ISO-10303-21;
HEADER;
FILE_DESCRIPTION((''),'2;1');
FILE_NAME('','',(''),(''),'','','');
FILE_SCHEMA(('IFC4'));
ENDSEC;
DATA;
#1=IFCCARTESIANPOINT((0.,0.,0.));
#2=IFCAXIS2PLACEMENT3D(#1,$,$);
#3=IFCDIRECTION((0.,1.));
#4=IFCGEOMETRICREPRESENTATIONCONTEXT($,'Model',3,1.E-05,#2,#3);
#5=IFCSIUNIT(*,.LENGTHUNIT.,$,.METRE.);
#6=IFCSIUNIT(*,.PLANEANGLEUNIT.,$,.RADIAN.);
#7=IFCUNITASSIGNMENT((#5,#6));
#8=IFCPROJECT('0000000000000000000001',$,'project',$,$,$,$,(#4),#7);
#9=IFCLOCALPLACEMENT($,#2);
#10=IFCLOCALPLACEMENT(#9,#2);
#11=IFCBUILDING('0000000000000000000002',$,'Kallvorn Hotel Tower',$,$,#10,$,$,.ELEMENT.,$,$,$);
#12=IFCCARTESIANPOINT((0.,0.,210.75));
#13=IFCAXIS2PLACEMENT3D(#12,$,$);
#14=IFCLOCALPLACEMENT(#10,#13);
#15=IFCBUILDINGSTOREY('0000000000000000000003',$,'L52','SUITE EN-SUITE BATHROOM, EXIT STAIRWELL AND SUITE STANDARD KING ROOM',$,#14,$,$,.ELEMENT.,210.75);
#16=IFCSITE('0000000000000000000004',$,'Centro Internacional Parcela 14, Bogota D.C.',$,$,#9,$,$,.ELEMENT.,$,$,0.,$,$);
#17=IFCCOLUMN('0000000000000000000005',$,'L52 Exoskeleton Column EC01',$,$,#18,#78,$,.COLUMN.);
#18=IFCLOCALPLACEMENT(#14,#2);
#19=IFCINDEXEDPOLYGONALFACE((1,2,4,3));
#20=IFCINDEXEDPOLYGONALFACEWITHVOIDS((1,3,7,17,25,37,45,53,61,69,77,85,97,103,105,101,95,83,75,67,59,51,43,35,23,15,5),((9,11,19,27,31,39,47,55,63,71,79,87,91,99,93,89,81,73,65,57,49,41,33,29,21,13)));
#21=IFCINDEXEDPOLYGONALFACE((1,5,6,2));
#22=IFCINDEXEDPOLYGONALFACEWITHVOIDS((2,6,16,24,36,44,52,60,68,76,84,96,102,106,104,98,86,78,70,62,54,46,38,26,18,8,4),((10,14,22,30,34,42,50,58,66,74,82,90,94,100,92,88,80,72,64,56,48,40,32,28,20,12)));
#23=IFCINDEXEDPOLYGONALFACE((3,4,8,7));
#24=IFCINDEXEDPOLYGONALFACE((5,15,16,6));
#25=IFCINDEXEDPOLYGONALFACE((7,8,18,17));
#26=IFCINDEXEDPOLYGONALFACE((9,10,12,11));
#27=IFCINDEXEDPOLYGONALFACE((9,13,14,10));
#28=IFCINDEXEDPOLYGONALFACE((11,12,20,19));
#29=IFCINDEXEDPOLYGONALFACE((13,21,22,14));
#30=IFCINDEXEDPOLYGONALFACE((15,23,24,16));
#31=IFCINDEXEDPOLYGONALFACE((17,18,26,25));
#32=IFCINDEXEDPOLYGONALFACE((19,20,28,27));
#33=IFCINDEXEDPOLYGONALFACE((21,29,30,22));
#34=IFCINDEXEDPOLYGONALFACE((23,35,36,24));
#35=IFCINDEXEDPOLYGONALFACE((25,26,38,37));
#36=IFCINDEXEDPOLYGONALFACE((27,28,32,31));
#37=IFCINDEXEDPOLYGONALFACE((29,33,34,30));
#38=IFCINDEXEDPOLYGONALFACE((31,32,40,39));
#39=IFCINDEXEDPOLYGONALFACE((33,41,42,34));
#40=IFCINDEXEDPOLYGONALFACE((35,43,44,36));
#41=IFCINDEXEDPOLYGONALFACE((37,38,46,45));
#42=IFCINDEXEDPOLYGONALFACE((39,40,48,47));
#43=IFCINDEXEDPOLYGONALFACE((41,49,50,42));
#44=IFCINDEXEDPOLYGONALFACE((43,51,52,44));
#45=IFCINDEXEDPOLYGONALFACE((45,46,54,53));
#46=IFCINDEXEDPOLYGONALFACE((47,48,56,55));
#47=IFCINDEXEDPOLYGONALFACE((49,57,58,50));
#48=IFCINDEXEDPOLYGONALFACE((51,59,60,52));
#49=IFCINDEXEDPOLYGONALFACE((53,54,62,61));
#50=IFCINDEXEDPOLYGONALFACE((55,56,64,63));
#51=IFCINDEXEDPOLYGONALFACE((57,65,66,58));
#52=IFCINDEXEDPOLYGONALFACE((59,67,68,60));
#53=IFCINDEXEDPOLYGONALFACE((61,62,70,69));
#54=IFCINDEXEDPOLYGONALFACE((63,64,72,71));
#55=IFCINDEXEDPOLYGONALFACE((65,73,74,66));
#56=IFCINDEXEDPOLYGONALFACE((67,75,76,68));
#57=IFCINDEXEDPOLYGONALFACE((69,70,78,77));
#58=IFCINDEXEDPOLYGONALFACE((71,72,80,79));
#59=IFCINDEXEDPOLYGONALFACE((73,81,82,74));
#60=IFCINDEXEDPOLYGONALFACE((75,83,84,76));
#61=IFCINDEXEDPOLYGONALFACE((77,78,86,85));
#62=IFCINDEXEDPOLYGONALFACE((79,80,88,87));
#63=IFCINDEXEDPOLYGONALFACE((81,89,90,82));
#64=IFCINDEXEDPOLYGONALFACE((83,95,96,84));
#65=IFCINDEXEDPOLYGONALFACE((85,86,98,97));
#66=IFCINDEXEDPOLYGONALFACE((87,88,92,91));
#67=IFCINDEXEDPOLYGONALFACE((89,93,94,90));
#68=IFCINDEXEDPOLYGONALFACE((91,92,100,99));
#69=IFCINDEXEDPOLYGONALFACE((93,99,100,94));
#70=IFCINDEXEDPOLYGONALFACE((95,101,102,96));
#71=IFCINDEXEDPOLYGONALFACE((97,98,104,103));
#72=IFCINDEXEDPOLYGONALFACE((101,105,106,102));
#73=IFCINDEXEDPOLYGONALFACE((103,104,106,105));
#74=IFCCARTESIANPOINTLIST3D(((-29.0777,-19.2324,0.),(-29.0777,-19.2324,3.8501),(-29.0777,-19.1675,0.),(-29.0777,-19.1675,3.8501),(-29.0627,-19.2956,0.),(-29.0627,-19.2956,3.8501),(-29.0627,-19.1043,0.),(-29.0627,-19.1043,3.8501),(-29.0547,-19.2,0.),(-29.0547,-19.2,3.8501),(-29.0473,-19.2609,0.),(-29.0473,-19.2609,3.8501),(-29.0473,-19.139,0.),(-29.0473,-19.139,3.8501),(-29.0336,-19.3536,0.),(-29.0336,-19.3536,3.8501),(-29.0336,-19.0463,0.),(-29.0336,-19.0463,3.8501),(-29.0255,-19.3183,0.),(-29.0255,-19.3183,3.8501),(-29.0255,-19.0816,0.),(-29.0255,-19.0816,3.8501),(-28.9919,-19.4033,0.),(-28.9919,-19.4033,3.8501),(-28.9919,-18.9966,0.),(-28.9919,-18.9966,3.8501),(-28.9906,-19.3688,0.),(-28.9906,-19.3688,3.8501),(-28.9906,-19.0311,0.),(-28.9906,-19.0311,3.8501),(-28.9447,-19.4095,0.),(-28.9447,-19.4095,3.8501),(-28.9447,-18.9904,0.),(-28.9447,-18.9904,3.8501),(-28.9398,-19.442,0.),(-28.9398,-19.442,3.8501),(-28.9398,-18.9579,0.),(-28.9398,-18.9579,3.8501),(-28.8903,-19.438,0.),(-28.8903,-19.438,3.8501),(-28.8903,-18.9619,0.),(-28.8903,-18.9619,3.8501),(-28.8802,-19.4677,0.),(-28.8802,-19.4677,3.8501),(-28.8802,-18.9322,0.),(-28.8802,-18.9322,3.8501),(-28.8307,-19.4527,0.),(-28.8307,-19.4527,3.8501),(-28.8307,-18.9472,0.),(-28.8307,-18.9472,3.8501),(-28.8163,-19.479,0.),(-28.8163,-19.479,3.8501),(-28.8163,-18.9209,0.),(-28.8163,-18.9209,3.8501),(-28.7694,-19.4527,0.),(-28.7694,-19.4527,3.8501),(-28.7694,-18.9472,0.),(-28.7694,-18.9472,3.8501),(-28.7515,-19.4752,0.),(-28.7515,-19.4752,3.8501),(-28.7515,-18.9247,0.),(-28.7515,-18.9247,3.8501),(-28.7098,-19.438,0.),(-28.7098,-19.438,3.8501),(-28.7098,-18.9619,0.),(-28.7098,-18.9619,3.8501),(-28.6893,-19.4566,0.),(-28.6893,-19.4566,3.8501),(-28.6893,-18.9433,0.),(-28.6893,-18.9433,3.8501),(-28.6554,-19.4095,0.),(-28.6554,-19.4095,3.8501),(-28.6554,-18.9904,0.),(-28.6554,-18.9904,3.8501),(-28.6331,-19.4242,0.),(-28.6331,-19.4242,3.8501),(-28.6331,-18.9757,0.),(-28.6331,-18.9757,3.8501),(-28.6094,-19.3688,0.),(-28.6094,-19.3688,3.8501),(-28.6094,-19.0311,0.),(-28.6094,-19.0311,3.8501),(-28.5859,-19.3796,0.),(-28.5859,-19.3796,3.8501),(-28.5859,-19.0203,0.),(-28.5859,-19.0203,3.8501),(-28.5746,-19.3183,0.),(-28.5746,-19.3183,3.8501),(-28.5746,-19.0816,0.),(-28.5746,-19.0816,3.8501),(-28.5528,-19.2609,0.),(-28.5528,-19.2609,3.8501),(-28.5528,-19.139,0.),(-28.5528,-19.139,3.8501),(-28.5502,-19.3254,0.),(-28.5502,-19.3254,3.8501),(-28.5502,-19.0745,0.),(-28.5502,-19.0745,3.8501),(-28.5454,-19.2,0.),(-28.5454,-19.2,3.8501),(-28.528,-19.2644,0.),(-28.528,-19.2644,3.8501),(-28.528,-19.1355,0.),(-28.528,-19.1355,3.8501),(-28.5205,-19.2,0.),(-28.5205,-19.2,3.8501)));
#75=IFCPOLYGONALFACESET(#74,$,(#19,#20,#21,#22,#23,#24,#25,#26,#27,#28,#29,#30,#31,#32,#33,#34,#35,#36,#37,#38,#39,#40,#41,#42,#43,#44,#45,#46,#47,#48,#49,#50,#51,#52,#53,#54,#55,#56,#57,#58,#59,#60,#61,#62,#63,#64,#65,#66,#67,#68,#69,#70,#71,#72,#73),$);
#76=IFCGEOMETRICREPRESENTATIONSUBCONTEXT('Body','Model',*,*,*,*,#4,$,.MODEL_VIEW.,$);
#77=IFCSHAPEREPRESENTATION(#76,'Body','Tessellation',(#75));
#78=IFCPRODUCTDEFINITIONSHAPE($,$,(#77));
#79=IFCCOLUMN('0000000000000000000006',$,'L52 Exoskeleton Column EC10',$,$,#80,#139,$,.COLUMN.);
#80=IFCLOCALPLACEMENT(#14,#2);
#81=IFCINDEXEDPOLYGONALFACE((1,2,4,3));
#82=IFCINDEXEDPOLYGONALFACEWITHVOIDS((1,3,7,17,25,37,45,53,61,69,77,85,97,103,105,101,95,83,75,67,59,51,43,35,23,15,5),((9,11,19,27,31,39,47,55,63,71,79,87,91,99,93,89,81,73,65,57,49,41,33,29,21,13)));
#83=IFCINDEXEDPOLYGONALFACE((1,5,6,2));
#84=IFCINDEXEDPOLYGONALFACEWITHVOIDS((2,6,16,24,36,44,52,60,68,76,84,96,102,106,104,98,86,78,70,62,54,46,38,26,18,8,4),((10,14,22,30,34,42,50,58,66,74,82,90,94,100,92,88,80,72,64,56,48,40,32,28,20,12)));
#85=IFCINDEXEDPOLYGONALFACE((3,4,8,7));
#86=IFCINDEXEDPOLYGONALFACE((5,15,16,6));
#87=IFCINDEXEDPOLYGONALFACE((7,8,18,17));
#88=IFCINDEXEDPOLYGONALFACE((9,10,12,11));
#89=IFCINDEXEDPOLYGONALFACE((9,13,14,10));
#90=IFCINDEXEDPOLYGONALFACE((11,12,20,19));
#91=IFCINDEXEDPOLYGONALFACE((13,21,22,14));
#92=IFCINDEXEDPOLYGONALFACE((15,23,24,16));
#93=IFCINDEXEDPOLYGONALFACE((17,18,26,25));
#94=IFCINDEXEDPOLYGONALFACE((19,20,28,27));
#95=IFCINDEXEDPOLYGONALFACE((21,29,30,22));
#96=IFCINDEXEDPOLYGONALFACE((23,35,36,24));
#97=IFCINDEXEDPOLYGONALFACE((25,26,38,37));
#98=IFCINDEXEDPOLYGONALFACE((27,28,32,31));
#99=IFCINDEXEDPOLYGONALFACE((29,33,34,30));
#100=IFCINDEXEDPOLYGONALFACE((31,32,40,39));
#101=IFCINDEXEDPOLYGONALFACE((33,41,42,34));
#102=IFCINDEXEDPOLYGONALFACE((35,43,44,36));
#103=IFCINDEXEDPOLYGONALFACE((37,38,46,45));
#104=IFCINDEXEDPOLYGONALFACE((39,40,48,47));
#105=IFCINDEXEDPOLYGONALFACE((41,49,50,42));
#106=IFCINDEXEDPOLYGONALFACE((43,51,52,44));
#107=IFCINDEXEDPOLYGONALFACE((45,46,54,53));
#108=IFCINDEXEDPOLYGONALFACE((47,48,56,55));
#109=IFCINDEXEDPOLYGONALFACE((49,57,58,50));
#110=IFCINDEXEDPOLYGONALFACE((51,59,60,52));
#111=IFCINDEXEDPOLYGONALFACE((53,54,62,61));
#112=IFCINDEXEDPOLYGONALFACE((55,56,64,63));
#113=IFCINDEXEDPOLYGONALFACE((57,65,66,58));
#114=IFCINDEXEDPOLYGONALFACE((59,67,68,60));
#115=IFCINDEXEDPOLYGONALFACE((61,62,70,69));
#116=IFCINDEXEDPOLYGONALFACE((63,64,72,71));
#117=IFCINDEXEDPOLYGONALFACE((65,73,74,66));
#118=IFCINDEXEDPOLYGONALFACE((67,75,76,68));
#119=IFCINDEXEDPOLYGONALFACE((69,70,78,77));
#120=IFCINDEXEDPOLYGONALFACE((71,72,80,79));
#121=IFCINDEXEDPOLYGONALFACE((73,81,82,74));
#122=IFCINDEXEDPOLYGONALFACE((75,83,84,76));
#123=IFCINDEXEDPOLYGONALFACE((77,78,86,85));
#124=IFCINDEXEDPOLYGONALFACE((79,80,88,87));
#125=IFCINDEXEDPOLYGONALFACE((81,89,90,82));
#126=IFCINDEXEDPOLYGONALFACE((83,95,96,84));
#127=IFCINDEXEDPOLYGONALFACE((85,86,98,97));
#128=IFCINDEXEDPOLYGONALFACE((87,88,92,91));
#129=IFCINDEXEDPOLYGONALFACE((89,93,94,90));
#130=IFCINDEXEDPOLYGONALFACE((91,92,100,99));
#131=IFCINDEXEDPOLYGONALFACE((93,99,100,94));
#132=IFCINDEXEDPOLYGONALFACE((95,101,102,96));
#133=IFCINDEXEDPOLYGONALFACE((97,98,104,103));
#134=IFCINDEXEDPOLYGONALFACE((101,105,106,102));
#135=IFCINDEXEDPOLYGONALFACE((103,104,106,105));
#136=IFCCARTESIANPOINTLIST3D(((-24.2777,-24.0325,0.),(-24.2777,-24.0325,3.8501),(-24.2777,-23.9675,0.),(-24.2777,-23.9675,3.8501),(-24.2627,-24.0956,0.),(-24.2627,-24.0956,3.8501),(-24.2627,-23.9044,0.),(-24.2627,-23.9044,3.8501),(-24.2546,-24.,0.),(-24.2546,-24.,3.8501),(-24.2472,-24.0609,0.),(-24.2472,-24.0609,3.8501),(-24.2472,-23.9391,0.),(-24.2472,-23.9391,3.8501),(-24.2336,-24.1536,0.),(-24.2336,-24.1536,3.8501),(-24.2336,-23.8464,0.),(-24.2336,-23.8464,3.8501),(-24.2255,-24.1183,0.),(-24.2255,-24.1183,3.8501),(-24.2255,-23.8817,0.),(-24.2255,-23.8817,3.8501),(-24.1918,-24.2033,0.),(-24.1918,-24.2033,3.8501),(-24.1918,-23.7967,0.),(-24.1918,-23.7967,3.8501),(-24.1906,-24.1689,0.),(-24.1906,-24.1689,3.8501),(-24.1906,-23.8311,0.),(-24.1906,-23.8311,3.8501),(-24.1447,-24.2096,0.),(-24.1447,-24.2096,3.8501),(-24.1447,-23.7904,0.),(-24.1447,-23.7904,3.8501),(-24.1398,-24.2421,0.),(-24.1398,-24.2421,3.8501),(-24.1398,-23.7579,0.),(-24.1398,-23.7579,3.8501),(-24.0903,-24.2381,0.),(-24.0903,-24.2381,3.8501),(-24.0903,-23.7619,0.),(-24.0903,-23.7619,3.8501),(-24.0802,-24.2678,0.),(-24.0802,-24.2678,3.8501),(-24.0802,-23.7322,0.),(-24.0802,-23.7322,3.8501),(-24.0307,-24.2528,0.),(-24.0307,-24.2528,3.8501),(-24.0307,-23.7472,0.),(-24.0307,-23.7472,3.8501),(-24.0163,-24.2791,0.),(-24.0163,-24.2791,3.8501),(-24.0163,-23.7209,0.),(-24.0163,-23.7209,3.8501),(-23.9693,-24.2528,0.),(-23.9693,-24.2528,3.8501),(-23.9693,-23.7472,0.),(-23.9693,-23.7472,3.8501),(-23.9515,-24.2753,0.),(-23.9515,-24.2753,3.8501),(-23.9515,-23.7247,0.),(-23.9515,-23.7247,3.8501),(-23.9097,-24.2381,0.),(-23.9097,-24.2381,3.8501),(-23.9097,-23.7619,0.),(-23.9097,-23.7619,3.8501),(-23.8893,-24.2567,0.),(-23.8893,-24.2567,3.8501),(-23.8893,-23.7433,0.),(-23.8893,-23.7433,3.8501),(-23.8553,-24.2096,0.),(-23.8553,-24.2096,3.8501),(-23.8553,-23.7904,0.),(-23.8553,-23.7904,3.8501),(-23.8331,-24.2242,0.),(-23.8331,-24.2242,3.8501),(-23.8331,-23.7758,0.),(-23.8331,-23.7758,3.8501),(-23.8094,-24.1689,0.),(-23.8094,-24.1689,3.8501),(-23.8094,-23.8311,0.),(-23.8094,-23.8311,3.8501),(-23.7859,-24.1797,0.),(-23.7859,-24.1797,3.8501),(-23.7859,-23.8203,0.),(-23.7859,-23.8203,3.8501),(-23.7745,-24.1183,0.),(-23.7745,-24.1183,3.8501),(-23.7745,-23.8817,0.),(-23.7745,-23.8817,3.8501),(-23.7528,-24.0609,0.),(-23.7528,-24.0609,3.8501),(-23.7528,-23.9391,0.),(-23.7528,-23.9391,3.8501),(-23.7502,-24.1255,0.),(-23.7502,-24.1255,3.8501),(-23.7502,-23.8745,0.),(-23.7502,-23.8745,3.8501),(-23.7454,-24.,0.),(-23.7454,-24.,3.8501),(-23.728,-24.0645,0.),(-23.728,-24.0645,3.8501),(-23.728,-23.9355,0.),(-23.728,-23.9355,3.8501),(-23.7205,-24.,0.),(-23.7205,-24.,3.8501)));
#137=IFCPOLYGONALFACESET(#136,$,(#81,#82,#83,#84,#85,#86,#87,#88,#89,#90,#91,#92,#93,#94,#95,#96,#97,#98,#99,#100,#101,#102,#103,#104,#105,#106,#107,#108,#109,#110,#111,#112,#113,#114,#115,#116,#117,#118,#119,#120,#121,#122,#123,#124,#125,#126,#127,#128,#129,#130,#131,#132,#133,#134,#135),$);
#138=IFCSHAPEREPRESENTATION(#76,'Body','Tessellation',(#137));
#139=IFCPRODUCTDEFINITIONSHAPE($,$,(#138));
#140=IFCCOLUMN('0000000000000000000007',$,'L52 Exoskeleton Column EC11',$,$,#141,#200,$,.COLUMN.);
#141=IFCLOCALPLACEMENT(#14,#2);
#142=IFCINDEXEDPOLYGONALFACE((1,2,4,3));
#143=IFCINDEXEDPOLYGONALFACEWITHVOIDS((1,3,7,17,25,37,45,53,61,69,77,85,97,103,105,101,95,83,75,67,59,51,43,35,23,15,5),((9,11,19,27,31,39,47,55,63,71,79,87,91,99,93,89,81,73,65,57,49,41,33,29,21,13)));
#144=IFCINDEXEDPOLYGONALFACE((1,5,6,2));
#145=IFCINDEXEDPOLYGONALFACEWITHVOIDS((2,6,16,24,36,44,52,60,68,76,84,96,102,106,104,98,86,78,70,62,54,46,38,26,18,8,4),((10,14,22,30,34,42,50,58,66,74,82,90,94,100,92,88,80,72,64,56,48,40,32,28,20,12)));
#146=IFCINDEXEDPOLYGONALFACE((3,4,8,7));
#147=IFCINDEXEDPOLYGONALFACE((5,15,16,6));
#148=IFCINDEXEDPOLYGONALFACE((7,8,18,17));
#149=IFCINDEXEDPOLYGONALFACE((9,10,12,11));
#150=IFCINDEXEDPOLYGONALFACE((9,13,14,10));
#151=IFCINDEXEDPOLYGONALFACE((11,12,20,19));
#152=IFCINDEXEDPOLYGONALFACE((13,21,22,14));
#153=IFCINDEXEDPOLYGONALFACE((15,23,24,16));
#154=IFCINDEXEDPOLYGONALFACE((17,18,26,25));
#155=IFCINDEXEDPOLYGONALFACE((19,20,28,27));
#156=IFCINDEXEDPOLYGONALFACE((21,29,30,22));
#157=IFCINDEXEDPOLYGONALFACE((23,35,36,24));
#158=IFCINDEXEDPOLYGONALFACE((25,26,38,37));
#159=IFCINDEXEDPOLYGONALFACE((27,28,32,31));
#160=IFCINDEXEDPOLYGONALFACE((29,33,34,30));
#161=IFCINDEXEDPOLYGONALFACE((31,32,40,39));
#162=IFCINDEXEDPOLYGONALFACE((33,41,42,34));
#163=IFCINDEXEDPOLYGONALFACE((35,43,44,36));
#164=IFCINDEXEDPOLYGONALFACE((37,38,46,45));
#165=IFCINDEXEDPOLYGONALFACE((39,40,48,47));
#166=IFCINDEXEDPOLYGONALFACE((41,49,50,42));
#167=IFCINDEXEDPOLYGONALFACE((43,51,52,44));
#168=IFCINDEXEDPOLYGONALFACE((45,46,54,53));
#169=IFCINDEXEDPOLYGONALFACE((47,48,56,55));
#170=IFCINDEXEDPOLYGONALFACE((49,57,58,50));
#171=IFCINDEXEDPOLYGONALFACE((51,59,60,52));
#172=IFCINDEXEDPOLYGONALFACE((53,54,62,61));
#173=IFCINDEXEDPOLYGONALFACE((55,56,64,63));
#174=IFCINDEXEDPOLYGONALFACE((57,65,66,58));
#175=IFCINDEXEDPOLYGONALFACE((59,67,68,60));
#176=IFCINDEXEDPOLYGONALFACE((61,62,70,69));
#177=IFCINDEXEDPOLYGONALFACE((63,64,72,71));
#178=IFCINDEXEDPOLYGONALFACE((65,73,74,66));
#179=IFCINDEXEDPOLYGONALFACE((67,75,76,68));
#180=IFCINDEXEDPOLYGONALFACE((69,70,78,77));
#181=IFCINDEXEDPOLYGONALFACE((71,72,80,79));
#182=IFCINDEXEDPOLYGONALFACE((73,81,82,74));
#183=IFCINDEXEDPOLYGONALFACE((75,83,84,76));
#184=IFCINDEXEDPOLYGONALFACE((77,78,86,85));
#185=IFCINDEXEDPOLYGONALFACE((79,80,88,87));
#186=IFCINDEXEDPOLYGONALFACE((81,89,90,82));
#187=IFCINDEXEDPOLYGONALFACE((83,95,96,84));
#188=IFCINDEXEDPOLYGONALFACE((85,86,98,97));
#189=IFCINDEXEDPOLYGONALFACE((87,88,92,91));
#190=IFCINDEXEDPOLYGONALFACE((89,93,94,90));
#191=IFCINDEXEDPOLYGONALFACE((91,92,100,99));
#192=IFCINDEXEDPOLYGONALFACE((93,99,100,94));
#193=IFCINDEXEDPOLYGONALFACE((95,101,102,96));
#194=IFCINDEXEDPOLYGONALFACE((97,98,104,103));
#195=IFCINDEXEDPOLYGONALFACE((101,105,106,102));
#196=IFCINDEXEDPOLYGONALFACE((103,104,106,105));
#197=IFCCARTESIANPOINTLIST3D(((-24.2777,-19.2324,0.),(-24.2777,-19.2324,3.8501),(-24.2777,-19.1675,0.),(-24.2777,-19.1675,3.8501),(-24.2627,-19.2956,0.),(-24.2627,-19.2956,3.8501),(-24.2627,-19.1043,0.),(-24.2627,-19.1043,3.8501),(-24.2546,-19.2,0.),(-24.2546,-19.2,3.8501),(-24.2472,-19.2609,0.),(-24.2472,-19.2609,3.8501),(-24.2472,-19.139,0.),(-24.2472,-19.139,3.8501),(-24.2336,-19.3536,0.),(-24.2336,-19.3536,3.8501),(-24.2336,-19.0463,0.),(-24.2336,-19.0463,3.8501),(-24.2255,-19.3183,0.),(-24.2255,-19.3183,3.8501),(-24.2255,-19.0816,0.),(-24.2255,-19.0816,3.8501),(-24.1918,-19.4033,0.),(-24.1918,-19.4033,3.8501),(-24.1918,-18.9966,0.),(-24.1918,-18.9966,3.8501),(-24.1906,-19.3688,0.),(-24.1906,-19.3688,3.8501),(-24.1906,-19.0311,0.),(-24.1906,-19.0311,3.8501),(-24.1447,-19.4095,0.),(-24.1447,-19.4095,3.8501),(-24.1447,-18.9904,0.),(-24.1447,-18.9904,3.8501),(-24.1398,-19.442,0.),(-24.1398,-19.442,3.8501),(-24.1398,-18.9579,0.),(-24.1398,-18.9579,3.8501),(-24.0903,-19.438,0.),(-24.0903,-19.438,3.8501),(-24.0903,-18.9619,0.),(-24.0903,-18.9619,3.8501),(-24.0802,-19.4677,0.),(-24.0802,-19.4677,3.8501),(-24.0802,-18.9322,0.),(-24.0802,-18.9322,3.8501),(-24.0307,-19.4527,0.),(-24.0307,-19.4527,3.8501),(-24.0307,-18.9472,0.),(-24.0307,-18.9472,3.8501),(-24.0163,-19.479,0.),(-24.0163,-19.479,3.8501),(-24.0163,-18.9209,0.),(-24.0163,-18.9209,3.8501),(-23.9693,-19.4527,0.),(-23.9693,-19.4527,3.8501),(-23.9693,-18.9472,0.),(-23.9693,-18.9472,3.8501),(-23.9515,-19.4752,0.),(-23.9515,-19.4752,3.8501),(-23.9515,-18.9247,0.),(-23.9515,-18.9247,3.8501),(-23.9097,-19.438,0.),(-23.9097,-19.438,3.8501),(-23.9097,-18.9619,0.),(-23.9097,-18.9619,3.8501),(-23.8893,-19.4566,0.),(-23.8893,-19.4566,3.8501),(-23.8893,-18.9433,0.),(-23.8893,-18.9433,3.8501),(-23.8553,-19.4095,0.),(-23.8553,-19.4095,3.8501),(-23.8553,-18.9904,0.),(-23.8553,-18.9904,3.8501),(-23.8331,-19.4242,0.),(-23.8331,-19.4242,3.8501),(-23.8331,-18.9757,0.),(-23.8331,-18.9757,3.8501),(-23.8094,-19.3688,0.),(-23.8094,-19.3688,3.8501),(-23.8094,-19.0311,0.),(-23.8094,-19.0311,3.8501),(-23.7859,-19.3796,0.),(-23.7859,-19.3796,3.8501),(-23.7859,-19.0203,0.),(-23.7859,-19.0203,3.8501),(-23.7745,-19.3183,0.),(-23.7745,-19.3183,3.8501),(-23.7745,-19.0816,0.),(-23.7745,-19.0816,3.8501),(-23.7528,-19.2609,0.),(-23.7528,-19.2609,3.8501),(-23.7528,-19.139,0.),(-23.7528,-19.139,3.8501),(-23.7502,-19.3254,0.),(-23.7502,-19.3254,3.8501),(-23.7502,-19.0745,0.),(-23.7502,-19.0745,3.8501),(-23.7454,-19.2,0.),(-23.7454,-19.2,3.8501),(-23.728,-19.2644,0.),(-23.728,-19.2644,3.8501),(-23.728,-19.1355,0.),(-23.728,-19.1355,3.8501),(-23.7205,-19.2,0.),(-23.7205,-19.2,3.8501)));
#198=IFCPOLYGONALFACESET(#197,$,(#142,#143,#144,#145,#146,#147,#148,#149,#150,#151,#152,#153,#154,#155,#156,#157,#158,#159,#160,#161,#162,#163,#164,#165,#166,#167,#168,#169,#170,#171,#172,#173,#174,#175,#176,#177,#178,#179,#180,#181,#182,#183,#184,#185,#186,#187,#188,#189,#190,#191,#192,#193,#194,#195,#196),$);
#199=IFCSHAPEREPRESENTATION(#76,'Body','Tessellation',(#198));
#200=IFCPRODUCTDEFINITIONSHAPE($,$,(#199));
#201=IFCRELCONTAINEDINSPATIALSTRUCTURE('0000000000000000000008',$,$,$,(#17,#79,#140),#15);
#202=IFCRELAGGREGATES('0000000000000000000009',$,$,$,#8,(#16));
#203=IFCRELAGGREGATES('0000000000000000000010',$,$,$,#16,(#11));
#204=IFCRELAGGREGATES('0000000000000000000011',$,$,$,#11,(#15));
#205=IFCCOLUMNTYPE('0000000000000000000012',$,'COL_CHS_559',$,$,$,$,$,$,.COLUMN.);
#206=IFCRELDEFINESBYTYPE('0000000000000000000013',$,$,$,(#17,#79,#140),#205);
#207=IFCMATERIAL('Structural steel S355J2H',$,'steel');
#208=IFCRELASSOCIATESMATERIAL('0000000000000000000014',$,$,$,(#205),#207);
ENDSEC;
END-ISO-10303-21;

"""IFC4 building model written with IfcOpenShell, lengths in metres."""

from ifc_helpers import new_model, si_unit, direction, frame, origin, origin_2d, place, context, subcontext, project, spatial, hollow_circle, extrude, material, material_profile, profile_set, type_object, element, save


model = new_model("IFC4")

# Units and contexts
model_context = context("Model", 3, precision=1e-05, world=origin(), true_north=direction((0.0, 1.0)))
body_context = subcontext(model_context, "Body", "Model", "MODEL_VIEW")
ifc_project = project(units=[si_unit("LENGTHUNIT", "METRE"), si_unit("PLANEANGLEUNIT", "RADIAN")], contexts=[model_context])

# Site, building, storey
site_placement = place(None, origin())
site = spatial("IfcSite", under=ifc_project, at=site_placement, Name="Centro Internacional Parcela 14, Bogota D.C.", CompositionType="ELEMENT", RefElevation=0.0)
building_placement = place(site_placement, origin())
building = spatial("IfcBuilding", under=site, at=building_placement, Name="Kallvorn Hotel Tower", CompositionType="ELEMENT")
storey_placement = place(building_placement, frame((0.0, 0.0, 210.75)))
storey = spatial("IfcBuildingStorey", under=building, at=storey_placement, Name="L52", Description="SUITE EN-SUITE BATHROOM, EXIT STAIRWELL AND SUITE STANDARD KING ROOM", CompositionType="ELEMENT", Elevation=210.75)

# Columns
ifc_material_1 = material(Name="Structural steel S355J2H", Category="steel")
ifc_material_profile_1 = material_profile(ifc_material_1, hollow_circle(Radius=0.2795, WallThickness=0.0249, at=origin_2d()), Name="CHS 559x25")
ifc_profile_set_1 = profile_set([ifc_material_profile_1], Name="Structural steel S355J2H")
column_type = type_object("IfcColumnType", Name="COL_CHS_559", PredefinedType="COLUMN", material=ifc_profile_set_1)
for number, where, z_axis, x_axis, name in (
    (1, (-28.8, -19.2, 0.0), (0.0, 0.0, 1.0), (1.0, 0.0, 0.0), "L52 Exoskeleton Column EC01"),
    (2, (-24.0, -24.0, 0.0), (0.0, 0.0, 1.0), (1.0, 0.0, 0.0), "L52 Exoskeleton Column EC10"),
    (3, (-24.0, -19.2, 0.0), (0.0, 0.0, 1.0), (1.0, 0.0, 0.0), "L52 Exoskeleton Column EC11"),
):
    element("IfcColumn", number, at=place(storey_placement, frame(where, z_axis=z_axis, x_axis=x_axis)), inside=storey, type_object=column_type, Name=name, PredefinedType="COLUMN", context=body_context, shape_type="SweptSolid", body=[
        extrude(hollow_circle(Radius=0.2795, WallThickness=0.0249, at=origin_2d()), origin(), (0.0, 0.0, 1.0), 3.8501),
    ])

save(model, "model.ifc")
